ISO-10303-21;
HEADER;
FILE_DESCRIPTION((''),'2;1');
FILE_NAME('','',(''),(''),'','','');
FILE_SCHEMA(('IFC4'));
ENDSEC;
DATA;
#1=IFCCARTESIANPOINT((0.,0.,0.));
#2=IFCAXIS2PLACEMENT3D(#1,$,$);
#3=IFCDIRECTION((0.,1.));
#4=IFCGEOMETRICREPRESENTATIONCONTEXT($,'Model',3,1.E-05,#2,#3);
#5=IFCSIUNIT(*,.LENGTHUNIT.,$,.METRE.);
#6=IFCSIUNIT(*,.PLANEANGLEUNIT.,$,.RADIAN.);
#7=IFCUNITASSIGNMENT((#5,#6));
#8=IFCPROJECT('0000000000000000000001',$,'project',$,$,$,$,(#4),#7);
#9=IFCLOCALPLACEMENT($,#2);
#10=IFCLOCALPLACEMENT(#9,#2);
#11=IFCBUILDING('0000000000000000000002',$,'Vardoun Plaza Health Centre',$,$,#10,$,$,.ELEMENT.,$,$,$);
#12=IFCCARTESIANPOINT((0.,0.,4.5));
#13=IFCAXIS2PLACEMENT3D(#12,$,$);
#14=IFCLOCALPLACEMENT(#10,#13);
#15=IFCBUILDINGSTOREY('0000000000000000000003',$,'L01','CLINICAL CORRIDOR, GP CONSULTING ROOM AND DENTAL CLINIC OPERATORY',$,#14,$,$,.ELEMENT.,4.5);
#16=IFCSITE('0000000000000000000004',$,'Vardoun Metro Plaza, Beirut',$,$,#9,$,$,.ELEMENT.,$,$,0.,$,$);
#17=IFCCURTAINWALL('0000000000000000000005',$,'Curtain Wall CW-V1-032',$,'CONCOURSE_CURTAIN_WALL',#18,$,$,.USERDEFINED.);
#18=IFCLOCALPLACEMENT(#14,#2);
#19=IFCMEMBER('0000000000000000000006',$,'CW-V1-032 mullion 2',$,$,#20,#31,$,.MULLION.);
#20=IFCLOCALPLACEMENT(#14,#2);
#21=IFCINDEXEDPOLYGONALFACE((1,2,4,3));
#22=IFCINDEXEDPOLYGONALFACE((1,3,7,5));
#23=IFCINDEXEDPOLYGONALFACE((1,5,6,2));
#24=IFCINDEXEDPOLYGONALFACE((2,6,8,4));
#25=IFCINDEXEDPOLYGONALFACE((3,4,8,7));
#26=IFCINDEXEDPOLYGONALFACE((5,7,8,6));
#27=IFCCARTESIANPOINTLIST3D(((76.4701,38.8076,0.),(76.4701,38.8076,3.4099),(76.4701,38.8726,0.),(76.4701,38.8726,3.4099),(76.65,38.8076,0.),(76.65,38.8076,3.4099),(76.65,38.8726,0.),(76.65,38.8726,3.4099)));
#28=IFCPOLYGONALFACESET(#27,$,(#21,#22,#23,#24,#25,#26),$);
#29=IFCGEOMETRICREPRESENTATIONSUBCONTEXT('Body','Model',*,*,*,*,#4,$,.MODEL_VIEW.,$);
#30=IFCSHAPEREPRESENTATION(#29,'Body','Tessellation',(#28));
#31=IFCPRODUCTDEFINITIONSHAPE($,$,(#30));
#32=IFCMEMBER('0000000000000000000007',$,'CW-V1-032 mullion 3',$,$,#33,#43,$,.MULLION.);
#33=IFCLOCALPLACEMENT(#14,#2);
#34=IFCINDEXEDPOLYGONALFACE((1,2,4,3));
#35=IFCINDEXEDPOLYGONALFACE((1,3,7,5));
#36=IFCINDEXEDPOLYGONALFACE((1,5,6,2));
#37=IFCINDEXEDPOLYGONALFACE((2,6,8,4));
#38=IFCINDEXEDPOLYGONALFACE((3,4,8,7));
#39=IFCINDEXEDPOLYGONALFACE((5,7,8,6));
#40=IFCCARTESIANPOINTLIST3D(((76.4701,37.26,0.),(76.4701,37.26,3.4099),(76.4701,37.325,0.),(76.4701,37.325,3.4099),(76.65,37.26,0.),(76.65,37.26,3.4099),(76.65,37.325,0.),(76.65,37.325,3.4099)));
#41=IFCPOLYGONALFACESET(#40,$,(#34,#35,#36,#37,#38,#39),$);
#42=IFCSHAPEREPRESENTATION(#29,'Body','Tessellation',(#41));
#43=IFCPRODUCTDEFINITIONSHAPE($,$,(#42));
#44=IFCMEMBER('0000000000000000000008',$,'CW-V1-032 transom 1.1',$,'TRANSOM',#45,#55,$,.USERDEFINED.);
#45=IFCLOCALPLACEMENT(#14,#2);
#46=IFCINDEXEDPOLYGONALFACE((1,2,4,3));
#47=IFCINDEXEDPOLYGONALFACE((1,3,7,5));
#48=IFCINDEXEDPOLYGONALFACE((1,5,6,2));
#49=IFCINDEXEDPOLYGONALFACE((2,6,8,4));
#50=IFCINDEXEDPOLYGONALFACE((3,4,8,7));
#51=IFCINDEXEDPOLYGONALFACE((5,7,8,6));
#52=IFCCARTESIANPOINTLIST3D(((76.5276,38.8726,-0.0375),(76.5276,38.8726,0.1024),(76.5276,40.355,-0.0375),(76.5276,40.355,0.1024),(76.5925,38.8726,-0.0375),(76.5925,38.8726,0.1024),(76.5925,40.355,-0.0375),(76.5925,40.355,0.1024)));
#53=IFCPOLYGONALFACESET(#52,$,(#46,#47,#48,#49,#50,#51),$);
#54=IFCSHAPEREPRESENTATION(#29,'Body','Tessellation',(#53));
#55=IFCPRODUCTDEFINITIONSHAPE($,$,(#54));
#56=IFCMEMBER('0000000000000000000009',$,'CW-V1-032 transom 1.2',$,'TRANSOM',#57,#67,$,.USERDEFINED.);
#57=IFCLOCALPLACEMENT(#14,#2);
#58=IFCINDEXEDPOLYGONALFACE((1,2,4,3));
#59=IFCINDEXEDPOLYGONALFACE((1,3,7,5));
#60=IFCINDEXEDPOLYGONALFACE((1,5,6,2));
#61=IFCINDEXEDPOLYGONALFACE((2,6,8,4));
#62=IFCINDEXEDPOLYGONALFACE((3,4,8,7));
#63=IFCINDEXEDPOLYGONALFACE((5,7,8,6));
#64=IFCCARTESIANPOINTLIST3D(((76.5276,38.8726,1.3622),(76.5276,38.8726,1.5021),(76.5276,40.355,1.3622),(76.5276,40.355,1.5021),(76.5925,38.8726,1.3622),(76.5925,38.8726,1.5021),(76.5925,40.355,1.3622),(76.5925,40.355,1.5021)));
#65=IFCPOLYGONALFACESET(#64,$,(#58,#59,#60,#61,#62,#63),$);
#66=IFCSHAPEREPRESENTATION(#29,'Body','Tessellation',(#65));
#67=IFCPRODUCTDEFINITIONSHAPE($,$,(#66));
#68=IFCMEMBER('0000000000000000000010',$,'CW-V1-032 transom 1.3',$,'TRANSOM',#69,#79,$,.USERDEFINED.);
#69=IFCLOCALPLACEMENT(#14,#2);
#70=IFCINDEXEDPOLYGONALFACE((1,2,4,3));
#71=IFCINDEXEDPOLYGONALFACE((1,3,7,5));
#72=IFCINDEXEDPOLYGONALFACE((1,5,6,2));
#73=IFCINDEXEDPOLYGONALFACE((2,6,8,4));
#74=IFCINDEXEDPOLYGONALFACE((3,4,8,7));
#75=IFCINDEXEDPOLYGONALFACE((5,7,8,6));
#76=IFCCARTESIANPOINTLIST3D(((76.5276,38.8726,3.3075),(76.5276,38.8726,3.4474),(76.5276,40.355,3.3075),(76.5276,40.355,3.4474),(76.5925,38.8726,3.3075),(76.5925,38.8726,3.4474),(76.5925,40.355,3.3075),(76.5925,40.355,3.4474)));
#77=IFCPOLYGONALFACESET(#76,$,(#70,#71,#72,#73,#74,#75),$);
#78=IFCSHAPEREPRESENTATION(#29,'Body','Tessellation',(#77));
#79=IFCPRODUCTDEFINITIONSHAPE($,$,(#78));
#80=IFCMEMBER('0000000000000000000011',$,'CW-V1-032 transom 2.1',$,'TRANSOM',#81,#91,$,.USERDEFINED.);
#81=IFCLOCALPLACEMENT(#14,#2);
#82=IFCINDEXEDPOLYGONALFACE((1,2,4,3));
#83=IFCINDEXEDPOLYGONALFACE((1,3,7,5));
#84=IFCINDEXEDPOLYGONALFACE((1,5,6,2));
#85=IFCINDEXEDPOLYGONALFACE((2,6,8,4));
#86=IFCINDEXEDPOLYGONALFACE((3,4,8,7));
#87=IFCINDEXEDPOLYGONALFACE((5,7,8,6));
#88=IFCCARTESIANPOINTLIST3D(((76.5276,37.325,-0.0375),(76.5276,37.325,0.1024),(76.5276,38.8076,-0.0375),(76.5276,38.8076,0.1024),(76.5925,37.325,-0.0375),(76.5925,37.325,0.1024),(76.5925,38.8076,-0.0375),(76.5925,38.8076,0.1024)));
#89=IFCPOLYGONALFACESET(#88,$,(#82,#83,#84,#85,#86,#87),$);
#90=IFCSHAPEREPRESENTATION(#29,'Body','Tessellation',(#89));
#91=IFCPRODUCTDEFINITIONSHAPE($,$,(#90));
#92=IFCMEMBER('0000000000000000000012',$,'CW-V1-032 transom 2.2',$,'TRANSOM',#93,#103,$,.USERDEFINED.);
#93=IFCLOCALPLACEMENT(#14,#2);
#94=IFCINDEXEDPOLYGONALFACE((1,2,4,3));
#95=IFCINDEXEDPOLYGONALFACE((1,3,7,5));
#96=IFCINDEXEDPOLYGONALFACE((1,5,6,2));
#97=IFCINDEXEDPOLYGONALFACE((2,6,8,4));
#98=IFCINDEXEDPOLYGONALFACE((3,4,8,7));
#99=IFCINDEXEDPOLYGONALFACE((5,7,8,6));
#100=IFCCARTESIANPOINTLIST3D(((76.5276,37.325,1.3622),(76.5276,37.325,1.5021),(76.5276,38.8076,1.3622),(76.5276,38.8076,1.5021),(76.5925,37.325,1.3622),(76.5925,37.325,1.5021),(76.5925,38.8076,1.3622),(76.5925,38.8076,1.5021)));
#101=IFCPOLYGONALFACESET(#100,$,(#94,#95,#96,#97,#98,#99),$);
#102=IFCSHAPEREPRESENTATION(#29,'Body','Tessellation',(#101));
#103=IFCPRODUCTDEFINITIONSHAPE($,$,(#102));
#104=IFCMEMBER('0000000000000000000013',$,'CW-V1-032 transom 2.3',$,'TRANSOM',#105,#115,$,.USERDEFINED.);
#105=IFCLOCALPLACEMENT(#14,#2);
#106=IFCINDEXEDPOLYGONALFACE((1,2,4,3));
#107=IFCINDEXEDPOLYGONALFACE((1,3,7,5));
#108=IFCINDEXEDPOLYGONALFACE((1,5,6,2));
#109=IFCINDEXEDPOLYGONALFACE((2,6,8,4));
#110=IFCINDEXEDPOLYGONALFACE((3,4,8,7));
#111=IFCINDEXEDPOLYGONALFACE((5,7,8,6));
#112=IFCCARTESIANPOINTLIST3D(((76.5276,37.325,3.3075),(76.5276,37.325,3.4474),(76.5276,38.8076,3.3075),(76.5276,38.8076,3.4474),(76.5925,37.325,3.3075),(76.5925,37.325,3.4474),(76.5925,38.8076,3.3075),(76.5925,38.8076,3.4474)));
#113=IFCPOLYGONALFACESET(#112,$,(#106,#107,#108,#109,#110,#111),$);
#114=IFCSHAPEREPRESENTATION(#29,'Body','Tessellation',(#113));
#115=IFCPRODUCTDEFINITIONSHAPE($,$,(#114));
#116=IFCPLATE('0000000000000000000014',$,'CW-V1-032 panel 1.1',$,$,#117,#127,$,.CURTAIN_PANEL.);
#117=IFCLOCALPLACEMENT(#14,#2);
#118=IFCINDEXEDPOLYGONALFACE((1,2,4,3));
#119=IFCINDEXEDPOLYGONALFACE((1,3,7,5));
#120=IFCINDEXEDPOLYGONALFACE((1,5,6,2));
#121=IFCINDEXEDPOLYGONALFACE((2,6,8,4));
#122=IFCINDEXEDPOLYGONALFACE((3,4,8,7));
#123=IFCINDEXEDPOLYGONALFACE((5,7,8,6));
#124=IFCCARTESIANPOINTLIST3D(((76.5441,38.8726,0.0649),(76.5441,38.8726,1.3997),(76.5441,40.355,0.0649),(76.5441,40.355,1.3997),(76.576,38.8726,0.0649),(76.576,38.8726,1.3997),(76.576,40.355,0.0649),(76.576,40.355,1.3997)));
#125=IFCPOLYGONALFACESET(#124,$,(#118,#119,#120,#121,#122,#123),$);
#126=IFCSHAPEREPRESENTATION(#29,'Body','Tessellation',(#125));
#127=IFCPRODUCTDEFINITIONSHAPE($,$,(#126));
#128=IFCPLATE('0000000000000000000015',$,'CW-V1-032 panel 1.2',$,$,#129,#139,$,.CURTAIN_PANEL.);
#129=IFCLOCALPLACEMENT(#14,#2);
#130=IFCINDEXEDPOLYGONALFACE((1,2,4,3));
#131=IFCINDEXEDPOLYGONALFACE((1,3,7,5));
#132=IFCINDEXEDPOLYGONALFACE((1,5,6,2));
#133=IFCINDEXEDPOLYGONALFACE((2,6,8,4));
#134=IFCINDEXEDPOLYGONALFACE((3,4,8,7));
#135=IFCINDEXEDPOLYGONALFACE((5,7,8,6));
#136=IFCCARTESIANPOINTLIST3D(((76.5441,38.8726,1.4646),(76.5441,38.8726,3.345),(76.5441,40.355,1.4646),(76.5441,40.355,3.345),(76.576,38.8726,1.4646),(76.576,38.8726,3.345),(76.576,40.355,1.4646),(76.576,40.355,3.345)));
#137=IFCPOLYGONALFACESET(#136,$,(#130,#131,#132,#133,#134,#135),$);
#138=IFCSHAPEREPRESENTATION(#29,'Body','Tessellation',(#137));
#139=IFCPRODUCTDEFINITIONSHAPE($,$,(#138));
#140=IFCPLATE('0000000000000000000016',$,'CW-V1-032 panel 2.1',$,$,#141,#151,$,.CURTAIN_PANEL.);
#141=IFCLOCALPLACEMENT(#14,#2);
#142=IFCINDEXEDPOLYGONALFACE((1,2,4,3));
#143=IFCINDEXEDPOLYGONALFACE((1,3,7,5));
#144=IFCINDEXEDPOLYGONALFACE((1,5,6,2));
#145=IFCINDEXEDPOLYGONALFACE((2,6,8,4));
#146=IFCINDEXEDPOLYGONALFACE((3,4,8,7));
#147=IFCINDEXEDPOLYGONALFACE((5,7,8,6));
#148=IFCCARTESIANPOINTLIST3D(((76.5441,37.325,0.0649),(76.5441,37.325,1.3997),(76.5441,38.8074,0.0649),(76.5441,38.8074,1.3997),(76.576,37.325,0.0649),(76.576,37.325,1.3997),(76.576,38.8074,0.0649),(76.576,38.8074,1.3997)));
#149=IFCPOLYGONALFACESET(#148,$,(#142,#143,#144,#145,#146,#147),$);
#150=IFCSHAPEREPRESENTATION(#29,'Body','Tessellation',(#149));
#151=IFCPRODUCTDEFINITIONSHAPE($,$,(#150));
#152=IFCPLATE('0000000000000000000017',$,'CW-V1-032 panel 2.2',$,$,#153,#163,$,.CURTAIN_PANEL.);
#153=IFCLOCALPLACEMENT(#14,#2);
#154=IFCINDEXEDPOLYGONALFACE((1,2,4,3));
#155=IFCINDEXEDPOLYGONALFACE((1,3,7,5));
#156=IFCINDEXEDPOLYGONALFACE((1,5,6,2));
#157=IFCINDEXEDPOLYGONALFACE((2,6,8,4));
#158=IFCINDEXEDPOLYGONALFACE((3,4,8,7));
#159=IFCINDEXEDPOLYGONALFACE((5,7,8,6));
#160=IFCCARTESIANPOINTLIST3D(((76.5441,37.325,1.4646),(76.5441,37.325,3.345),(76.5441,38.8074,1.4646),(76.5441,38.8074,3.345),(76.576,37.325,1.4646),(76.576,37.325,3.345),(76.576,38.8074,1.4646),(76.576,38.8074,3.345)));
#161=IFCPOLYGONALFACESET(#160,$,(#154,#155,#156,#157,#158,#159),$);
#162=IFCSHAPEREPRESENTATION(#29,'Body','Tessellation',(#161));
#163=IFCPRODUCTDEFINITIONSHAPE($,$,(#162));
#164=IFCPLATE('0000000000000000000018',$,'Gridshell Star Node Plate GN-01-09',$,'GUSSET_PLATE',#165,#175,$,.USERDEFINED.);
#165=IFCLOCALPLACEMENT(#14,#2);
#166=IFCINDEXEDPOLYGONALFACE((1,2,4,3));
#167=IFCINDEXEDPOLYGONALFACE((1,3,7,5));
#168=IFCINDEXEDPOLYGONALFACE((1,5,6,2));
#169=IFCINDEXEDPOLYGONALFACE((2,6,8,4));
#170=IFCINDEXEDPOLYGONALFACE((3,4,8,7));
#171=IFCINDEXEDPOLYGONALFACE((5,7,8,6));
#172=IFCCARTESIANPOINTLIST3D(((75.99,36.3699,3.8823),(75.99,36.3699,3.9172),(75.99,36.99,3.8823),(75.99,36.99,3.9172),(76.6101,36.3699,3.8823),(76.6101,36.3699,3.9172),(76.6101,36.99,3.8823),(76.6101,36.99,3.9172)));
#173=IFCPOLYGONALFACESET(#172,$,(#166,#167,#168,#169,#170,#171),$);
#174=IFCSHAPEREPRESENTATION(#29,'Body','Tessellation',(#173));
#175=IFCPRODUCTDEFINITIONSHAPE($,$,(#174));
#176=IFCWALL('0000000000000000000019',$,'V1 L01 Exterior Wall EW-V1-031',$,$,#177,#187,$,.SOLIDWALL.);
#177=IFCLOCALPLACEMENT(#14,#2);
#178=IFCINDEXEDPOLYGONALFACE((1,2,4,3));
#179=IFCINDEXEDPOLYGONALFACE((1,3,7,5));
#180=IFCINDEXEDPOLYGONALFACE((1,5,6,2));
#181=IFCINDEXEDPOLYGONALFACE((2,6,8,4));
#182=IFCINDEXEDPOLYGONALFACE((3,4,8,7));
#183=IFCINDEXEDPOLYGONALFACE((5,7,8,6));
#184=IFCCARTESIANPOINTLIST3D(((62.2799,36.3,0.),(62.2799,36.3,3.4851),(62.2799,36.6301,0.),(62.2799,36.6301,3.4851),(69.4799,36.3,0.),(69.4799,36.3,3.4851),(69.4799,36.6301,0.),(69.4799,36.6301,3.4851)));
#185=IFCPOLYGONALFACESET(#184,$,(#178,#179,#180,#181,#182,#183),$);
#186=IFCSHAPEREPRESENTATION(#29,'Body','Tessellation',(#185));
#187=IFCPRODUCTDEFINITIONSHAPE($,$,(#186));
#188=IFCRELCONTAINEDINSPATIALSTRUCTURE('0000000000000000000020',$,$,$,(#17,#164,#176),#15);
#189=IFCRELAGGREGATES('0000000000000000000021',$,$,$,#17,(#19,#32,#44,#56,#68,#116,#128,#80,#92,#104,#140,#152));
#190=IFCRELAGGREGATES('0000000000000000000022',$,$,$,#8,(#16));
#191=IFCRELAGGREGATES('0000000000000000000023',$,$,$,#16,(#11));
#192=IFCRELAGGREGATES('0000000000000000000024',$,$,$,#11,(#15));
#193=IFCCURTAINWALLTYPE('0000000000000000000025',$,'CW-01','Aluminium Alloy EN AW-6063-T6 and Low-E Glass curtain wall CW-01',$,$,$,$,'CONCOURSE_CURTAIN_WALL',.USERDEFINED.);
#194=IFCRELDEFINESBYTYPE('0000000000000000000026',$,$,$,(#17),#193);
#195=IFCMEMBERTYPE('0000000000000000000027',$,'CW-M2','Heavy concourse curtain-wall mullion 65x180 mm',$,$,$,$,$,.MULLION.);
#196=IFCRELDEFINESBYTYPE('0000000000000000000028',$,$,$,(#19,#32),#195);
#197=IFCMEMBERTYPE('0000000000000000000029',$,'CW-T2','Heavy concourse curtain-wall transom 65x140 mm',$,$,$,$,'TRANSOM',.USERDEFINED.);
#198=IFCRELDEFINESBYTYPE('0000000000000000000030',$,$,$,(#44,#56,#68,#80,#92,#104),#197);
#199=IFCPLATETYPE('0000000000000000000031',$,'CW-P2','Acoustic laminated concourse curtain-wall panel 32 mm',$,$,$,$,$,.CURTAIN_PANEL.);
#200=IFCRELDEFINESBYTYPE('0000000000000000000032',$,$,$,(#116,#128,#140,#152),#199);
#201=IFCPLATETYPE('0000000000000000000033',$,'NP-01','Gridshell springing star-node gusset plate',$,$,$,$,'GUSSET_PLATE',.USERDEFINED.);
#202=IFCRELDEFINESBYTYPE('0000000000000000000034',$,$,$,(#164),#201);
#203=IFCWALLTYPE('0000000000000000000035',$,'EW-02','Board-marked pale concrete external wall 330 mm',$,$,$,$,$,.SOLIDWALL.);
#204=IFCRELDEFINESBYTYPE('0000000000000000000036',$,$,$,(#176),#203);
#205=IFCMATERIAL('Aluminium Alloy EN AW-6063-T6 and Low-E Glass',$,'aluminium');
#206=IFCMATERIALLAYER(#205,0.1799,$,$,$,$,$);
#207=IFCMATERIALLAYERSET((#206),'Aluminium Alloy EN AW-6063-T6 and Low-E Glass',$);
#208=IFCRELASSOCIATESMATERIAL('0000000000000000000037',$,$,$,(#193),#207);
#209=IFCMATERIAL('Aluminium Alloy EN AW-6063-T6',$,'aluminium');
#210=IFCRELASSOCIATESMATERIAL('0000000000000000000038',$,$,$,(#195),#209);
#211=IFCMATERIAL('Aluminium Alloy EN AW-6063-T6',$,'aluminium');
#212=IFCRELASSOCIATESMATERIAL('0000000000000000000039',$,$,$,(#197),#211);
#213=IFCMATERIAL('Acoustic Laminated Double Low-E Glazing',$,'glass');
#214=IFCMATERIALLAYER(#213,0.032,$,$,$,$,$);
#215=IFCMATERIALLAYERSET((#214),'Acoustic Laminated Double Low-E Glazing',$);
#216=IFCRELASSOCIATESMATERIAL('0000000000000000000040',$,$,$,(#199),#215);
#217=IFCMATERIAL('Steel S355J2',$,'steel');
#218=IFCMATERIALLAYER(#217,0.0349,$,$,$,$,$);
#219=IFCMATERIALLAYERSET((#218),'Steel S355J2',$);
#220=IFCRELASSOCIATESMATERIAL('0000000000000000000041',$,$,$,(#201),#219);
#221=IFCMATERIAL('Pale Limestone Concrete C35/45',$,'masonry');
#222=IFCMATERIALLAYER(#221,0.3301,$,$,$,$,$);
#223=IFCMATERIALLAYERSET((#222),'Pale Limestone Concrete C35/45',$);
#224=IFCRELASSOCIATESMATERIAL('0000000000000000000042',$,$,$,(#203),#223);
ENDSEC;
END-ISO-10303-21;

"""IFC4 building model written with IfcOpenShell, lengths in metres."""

from ifc_helpers import new_model, si_unit, direction, frame, frame_2d, origin, origin_2d, place, context, subcontext, project, spatial, rectangle, extrude, material, layer, layer_set, material_profile, profile_set, type_object, element, aggregate, save


model = new_model("IFC4")

# Units and contexts
model_context = context("Model", 3, precision=1e-05, world=origin(), true_north=direction((0.0, 1.0)))
body_context = subcontext(model_context, "Body", "Model", "MODEL_VIEW")
ifc_project = project(units=[si_unit("LENGTHUNIT", "METRE"), si_unit("PLANEANGLEUNIT", "RADIAN")], contexts=[model_context])

# Site, building, storey
site_placement = place(None, origin())
site = spatial("IfcSite", under=ifc_project, at=site_placement, Name="Vardoun Metro Plaza, Beirut", CompositionType="ELEMENT", RefElevation=0.0)
building_placement = place(site_placement, origin())
building = spatial("IfcBuilding", under=site, at=building_placement, Name="Vardoun Plaza Health Centre", CompositionType="ELEMENT")
storey_placement = place(building_placement, frame((0.0, 0.0, 4.5)))
storey = spatial("IfcBuildingStorey", under=building, at=storey_placement, Name="L01", Description="CLINICAL CORRIDOR, GP CONSULTING ROOM AND DENTAL CLINIC OPERATORY", CompositionType="ELEMENT", Elevation=4.5)

# Shared definitions
ifc_material_1 = material(Name="Aluminium Alloy EN AW-6063-T6 and Low-E Glass", Category="aluminium")
ifc_layer_1 = layer(ifc_material_1, 0.1799)
ifc_layer_set_1 = layer_set([ifc_layer_1], Name="Aluminium Alloy EN AW-6063-T6 and Low-E Glass")
curtain_wall_type = type_object("IfcCurtainWallType", Name="CW-01", Description="Aluminium Alloy EN AW-6063-T6 and Low-E Glass curtain wall CW-01", ElementType="CONCOURSE_CURTAIN_WALL", PredefinedType="USERDEFINED", material=ifc_layer_set_1)
ifc_material_2 = material(Name="Aluminium Alloy EN AW-6063-T6", Category="aluminium")
ifc_material_profile_1 = material_profile(ifc_material_2, rectangle(XDim=0.1799, YDim=0.0649, at=origin_2d()), Name="CWM 65x180")
ifc_profile_set_1 = profile_set([ifc_material_profile_1], Name="Aluminium Alloy EN AW-6063-T6")
member_type_1 = type_object("IfcMemberType", Name="CW-M2", Description="Heavy concourse curtain-wall mullion 65x180 mm", PredefinedType="MULLION", material=ifc_profile_set_1)

# Curtain wall, members, plates
curtain_wall_1_placement = place(storey_placement, origin())
curtain_wall_1 = element("IfcCurtainWall", 1, at=curtain_wall_1_placement, inside=storey, type_object=curtain_wall_type, Name="Curtain Wall CW-V1-032", ObjectType="CONCOURSE_CURTAIN_WALL", PredefinedType="USERDEFINED")
member_1_placement = place(storey_placement, frame((76.5601, 38.8401, 0.0), z_axis=(0.0, 0.0, 1.0), x_axis=(1.0, 0.0, 0.0)))
member_1 = element("IfcMember", 2, at=member_1_placement, type_object=member_type_1, Name="CW-V1-032 mullion 2", PredefinedType="MULLION", context=body_context, shape_type="SweptSolid", body=[
    extrude(rectangle(XDim=0.1799, YDim=0.0649, at=origin_2d()), origin(), (0.0, 0.0, 1.0), 3.4099),
])
member_2_placement = place(storey_placement, frame((76.5601, 37.2925, 0.0), z_axis=(0.0, 0.0, 1.0), x_axis=(1.0, 0.0, 0.0)))
member_2 = element("IfcMember", 3, at=member_2_placement, type_object=member_type_1, Name="CW-V1-032 mullion 3", PredefinedType="MULLION", context=body_context, shape_type="SweptSolid", body=[
    extrude(rectangle(XDim=0.1799, YDim=0.0649, at=origin_2d()), origin(), (0.0, 0.0, 1.0), 3.4099),
])
ifc_material_3 = material(Name="Aluminium Alloy EN AW-6063-T6", Category="aluminium")
ifc_material_profile_2 = material_profile(ifc_material_3, rectangle(XDim=0.0649, YDim=0.1399, at=origin_2d()), Name="CWT 65x140")
ifc_profile_set_2 = profile_set([ifc_material_profile_2], Name="Aluminium Alloy EN AW-6063-T6")
member_type_2 = type_object("IfcMemberType", Name="CW-T2", Description="Heavy concourse curtain-wall transom 65x140 mm", ElementType="TRANSOM", PredefinedType="USERDEFINED", material=ifc_profile_set_2)
member_3_placement = place(storey_placement, frame((76.5601, 40.355, 0.0325), z_axis=(0.0, -1.0, 0.0), x_axis=(1.0, 0.0, 0.0)))
member_3 = element("IfcMember", 4, at=member_3_placement, type_object=member_type_2, Name="CW-V1-032 transom 1.1", ObjectType="TRANSOM", PredefinedType="USERDEFINED", context=body_context, shape_type="SweptSolid", body=[
    extrude(rectangle(XDim=0.0649, YDim=0.1399, at=origin_2d()), origin(), (0.0, 0.0, 1.0), 1.4824),
])
member_4_placement = place(storey_placement, frame((76.5601, 40.355, 1.4321), z_axis=(0.0, -1.0, 0.0), x_axis=(1.0, 0.0, 0.0)))
member_4 = element("IfcMember", 5, at=member_4_placement, type_object=member_type_2, Name="CW-V1-032 transom 1.2", ObjectType="TRANSOM", PredefinedType="USERDEFINED", context=body_context, shape_type="SweptSolid", body=[
    extrude(rectangle(XDim=0.0649, YDim=0.1399, at=origin_2d()), origin(), (0.0, 0.0, 1.0), 1.4824),
])
member_5_placement = place(storey_placement, frame((76.5601, 40.355, 3.3774), z_axis=(0.0, -1.0, 0.0), x_axis=(1.0, 0.0, 0.0)))
member_5 = element("IfcMember", 6, at=member_5_placement, type_object=member_type_2, Name="CW-V1-032 transom 1.3", ObjectType="TRANSOM", PredefinedType="USERDEFINED", context=body_context, shape_type="SweptSolid", body=[
    extrude(rectangle(XDim=0.0649, YDim=0.1399, at=origin_2d()), origin(), (0.0, 0.0, 1.0), 1.4824),
])
member_6_placement = place(storey_placement, frame((76.5601, 38.8076, 0.0325), z_axis=(0.0, -1.0, 0.0), x_axis=(1.0, 0.0, 0.0)))
member_6 = element("IfcMember", 7, at=member_6_placement, type_object=member_type_2, Name="CW-V1-032 transom 2.1", ObjectType="TRANSOM", PredefinedType="USERDEFINED", context=body_context, shape_type="SweptSolid", body=[
    extrude(rectangle(XDim=0.0649, YDim=0.1399, at=origin_2d()), origin(), (0.0, 0.0, 1.0), 1.4827),
])
member_7_placement = place(storey_placement, frame((76.5601, 38.8076, 1.4321), z_axis=(0.0, -1.0, 0.0), x_axis=(1.0, 0.0, 0.0)))
member_7 = element("IfcMember", 8, at=member_7_placement, type_object=member_type_2, Name="CW-V1-032 transom 2.2", ObjectType="TRANSOM", PredefinedType="USERDEFINED", context=body_context, shape_type="SweptSolid", body=[
    extrude(rectangle(XDim=0.0649, YDim=0.1399, at=origin_2d()), origin(), (0.0, 0.0, 1.0), 1.4827),
])
member_8_placement = place(storey_placement, frame((76.5601, 38.8076, 3.3774), z_axis=(0.0, -1.0, 0.0), x_axis=(1.0, 0.0, 0.0)))
member_8 = element("IfcMember", 9, at=member_8_placement, type_object=member_type_2, Name="CW-V1-032 transom 2.3", ObjectType="TRANSOM", PredefinedType="USERDEFINED", context=body_context, shape_type="SweptSolid", body=[
    extrude(rectangle(XDim=0.0649, YDim=0.1399, at=origin_2d()), origin(), (0.0, 0.0, 1.0), 1.4827),
])
ifc_material_4 = material(Name="Acoustic Laminated Double Low-E Glazing", Category="glass")
ifc_layer_2 = layer(ifc_material_4, 0.032)
ifc_layer_set_2 = layer_set([ifc_layer_2], Name="Acoustic Laminated Double Low-E Glazing")
plate_type_1 = type_object("IfcPlateType", Name="CW-P2", Description="Acoustic laminated concourse curtain-wall panel 32 mm", PredefinedType="CURTAIN_PANEL", material=ifc_layer_set_2)
plate_1_placement = place(storey_placement, frame((76.5601, 39.6138, 0.0649), z_axis=(0.0, 0.0, 1.0), x_axis=(0.0, -1.0, 0.0)))
plate_1 = element("IfcPlate", 10, at=plate_1_placement, type_object=plate_type_1, Name="CW-V1-032 panel 1.1", PredefinedType="CURTAIN_PANEL", context=body_context, shape_type="SweptSolid", body=[
    extrude(rectangle(XDim=1.4824, YDim=0.032, at=origin_2d()), origin(), (0.0, 0.0, 1.0), 1.3347),
])
plate_2_placement = place(storey_placement, frame((76.5601, 39.6138, 1.4646), z_axis=(0.0, 0.0, 1.0), x_axis=(0.0, -1.0, 0.0)))
plate_2 = element("IfcPlate", 11, at=plate_2_placement, type_object=plate_type_1, Name="CW-V1-032 panel 1.2", PredefinedType="CURTAIN_PANEL", context=body_context, shape_type="SweptSolid", body=[
    extrude(rectangle(XDim=1.4824, YDim=0.032, at=origin_2d()), origin(), (0.0, 0.0, 1.0), 1.8804),
])
plate_3_placement = place(storey_placement, frame((76.5601, 38.0662, 0.0649), z_axis=(0.0, 0.0, 1.0), x_axis=(0.0, -1.0, 0.0)))
plate_3 = element("IfcPlate", 12, at=plate_3_placement, type_object=plate_type_1, Name="CW-V1-032 panel 2.1", PredefinedType="CURTAIN_PANEL", context=body_context, shape_type="SweptSolid", body=[
    extrude(rectangle(XDim=1.4824, YDim=0.032, at=origin_2d()), origin(), (0.0, 0.0, 1.0), 1.3347),
])
plate_4_placement = place(storey_placement, frame((76.5601, 38.0662, 1.4646), z_axis=(0.0, 0.0, 1.0), x_axis=(0.0, -1.0, 0.0)))
plate_4 = element("IfcPlate", 13, at=plate_4_placement, type_object=plate_type_1, Name="CW-V1-032 panel 2.2", PredefinedType="CURTAIN_PANEL", context=body_context, shape_type="SweptSolid", body=[
    extrude(rectangle(XDim=1.4824, YDim=0.032, at=origin_2d()), origin(), (0.0, 0.0, 1.0), 1.8804),
])
aggregate(curtain_wall_1, [member_1, member_2, member_3, member_4, member_5, plate_1, plate_2, member_6, member_7, member_8, plate_3, plate_4])

# Plate
ifc_material_5 = material(Name="Steel S355J2", Category="steel")
ifc_layer_3 = layer(ifc_material_5, 0.0349)
ifc_layer_set_3 = layer_set([ifc_layer_3], Name="Steel S355J2")
plate_type_2 = type_object("IfcPlateType", Name="NP-01", Description="Gridshell springing star-node gusset plate", ElementType="GUSSET_PLATE", PredefinedType="USERDEFINED", material=ifc_layer_set_3)
plate_5_placement = place(storey_placement, frame((76.3, 36.6799, 3.8823), z_axis=(0.0, 0.0, 1.0), x_axis=(1.0, 0.0, 0.0)))
element("IfcPlate", 14, at=plate_5_placement, inside=storey, type_object=plate_type_2, Name="Gridshell Star Node Plate GN-01-09", ObjectType="GUSSET_PLATE", PredefinedType="USERDEFINED", context=body_context, shape_type="SweptSolid", body=[
    extrude(rectangle(XDim=0.6201, YDim=0.6201, at=origin_2d()), origin(), (0.0, 0.0, 1.0), 0.0349),
])

# Wall
ifc_material_6 = material(Name="Pale Limestone Concrete C35/45", Category="masonry")
ifc_layer_4 = layer(ifc_material_6, 0.3301)
ifc_layer_set_4 = layer_set([ifc_layer_4], Name="Pale Limestone Concrete C35/45")
wall_type = type_object("IfcWallType", Name="EW-02", Description="Board-marked pale concrete external wall 330 mm", PredefinedType="SOLIDWALL", material=ifc_layer_set_4)
wall_placement = place(storey_placement, frame((69.48, 36.4651, 0.0), z_axis=(0.0, 0.0, 1.0), x_axis=(-1.0, 0.0, 0.0)))
element("IfcWall", 15, at=wall_placement, inside=storey, type_object=wall_type, Name="V1 L01 Exterior Wall EW-V1-031", PredefinedType="SOLIDWALL", context=body_context, shape_type="SweptSolid", body=[
    extrude(rectangle(XDim=7.2, YDim=0.3301, at=frame_2d((3.6001, 0.0))), origin(), (0.0, 0.0, 1.0), 3.4851),
])

save(model, "model.ifc")
